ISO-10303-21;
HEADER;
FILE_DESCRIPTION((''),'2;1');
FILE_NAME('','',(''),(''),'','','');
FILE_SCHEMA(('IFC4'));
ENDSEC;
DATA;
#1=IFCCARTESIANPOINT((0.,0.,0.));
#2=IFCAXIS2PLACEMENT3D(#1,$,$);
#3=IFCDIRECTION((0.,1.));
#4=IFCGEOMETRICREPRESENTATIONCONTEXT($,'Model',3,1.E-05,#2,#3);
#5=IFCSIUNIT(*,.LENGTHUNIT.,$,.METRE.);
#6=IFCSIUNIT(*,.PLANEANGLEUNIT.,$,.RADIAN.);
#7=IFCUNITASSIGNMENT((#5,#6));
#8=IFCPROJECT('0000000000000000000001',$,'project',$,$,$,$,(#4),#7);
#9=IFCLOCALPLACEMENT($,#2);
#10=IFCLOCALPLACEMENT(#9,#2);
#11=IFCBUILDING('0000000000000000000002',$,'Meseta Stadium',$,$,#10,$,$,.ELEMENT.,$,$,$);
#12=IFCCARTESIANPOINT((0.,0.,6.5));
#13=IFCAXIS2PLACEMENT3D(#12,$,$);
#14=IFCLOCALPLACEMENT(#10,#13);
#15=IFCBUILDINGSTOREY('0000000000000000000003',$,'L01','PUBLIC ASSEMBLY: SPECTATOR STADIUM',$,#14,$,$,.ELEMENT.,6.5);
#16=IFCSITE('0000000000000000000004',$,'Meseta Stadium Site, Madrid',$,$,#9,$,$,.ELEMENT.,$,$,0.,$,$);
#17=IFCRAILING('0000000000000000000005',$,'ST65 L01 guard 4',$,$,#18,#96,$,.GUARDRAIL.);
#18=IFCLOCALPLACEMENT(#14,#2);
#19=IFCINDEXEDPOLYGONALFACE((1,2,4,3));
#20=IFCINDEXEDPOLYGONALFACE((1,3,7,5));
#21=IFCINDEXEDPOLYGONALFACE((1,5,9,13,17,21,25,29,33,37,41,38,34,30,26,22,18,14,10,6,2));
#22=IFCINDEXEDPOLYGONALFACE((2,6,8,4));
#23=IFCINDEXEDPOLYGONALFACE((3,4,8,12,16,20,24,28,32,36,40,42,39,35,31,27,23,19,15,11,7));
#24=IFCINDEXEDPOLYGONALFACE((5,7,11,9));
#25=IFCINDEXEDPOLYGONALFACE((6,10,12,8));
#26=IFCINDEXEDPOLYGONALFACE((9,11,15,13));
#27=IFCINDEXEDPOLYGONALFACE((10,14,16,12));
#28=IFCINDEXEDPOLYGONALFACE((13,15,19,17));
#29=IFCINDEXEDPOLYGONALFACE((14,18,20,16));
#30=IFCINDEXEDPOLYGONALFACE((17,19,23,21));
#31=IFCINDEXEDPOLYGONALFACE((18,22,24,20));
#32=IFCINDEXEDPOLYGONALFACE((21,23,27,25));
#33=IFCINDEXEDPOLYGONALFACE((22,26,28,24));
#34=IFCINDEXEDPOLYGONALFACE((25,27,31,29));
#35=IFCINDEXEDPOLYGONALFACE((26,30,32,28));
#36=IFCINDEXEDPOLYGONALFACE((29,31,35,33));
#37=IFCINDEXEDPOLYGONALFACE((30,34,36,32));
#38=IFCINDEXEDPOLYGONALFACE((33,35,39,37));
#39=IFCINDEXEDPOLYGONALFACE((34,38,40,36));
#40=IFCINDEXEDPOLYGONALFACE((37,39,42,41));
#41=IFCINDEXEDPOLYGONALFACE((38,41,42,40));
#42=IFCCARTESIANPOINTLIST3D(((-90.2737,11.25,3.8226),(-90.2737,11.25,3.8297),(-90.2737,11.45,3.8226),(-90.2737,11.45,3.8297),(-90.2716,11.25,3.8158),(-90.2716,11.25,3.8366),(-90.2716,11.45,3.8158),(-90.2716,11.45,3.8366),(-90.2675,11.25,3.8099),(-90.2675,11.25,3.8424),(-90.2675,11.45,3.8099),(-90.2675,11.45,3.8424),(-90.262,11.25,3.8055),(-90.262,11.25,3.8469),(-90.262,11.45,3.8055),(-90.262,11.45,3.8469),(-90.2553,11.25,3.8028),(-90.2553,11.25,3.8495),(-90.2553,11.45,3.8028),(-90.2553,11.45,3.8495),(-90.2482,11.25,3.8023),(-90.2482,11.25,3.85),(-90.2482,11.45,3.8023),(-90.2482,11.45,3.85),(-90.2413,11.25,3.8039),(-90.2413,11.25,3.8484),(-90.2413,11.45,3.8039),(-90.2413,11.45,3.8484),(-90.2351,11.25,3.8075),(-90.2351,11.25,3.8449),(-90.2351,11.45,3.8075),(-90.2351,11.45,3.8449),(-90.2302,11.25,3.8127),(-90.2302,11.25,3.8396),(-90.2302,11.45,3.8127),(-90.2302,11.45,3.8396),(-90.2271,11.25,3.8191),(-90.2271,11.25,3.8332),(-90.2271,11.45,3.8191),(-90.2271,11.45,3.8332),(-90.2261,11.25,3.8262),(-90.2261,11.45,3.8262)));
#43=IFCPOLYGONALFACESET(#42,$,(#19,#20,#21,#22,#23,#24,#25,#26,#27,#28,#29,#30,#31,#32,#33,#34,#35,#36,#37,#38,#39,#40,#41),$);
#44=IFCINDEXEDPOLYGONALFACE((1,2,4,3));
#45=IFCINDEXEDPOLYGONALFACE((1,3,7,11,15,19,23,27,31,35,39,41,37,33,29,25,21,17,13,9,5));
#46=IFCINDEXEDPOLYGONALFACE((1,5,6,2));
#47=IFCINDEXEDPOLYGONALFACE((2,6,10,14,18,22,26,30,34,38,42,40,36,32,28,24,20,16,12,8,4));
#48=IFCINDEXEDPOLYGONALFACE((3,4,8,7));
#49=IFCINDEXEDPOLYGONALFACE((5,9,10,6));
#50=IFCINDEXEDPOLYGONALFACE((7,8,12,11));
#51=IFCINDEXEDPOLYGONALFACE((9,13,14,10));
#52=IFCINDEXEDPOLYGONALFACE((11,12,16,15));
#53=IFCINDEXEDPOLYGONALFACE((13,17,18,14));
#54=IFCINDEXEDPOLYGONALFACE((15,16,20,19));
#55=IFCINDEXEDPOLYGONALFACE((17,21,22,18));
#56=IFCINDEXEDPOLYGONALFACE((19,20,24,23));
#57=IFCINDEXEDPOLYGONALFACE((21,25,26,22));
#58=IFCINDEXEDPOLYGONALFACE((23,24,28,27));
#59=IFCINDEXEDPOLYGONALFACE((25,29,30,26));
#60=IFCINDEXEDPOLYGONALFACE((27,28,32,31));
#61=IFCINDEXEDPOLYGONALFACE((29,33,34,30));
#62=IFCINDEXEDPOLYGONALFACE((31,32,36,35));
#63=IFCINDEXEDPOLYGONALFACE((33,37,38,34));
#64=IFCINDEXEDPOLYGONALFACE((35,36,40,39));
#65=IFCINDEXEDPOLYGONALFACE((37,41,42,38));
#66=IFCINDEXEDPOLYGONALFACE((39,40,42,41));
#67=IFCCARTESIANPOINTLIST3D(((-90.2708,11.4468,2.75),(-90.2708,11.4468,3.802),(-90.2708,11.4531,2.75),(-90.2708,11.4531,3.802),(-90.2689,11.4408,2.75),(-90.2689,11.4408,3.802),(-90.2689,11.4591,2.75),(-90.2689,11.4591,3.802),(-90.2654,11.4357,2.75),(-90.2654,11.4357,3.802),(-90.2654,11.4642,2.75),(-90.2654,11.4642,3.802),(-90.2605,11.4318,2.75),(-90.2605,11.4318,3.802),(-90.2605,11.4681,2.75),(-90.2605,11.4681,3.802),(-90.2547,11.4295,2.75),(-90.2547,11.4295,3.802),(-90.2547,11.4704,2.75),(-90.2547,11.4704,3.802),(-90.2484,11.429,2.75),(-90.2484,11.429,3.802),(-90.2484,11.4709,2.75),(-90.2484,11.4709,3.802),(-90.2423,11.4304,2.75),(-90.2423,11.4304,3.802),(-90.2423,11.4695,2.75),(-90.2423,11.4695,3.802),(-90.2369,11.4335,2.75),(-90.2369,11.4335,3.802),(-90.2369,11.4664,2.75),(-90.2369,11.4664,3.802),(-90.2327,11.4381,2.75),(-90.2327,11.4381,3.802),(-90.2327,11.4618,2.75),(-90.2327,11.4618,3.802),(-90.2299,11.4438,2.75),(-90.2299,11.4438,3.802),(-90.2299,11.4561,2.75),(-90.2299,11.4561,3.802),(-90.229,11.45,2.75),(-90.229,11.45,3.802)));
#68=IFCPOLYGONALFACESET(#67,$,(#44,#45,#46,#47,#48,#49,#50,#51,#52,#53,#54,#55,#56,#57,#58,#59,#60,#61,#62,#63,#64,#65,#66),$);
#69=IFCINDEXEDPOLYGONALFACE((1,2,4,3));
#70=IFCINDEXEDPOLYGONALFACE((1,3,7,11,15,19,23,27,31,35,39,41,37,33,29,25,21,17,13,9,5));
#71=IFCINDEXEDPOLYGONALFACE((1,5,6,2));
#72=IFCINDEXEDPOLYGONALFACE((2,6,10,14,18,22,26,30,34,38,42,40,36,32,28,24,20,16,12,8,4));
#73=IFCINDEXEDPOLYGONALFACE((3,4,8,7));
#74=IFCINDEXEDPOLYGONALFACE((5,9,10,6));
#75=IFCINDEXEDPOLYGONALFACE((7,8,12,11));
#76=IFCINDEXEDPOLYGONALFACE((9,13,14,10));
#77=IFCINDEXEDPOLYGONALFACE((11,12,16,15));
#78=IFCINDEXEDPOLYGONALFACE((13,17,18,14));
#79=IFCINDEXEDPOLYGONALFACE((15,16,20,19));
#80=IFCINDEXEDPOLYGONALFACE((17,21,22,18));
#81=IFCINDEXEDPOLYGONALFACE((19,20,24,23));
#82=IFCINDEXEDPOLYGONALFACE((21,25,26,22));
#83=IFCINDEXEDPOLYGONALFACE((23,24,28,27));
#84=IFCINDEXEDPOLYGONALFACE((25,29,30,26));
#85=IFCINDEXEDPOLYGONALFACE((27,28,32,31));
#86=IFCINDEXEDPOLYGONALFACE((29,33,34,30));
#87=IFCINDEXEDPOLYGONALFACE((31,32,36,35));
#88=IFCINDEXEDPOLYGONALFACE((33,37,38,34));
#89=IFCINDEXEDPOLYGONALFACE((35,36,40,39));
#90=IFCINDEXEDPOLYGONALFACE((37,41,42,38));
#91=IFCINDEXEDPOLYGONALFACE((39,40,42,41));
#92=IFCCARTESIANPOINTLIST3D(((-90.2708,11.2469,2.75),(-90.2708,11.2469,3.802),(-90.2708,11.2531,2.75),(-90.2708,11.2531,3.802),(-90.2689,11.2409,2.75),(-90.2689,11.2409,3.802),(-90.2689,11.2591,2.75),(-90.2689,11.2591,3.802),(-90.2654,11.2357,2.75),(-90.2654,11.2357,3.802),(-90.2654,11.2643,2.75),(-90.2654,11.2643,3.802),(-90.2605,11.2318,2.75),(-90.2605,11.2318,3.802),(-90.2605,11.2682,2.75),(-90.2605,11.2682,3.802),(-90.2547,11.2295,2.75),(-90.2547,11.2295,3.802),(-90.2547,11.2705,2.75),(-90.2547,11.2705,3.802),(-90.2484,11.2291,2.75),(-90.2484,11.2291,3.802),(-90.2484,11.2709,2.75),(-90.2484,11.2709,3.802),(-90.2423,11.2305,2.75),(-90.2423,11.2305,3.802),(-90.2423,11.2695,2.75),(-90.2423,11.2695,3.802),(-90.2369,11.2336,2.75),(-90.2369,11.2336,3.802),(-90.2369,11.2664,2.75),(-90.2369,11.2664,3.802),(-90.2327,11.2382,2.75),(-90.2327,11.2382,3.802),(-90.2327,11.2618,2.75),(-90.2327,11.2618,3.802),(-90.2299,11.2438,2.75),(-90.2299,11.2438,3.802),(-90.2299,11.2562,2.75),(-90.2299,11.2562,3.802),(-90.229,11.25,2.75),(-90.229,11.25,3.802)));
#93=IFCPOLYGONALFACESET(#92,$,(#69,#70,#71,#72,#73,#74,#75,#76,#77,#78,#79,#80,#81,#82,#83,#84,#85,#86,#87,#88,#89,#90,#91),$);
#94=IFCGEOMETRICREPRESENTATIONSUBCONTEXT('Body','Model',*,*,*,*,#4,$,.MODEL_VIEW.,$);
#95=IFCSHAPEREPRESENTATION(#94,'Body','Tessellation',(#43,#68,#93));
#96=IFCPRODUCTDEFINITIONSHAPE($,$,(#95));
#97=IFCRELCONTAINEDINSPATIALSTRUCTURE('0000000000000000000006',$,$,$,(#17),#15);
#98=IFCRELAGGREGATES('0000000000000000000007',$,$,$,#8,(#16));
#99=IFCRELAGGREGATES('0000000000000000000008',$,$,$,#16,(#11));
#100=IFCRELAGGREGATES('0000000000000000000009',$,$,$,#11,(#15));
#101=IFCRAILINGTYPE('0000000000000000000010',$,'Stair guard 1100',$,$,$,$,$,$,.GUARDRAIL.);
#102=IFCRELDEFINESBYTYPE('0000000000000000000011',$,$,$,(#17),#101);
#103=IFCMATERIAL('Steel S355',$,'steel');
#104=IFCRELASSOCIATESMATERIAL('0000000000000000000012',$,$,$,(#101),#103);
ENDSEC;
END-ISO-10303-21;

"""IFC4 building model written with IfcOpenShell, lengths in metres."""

from ifc_helpers import new_model, si_unit, direction, frame, origin, origin_2d, place, context, subcontext, project, spatial, circle, extrude, material, type_object, element, save


model = new_model("IFC4")

# Units and contexts
model_context = context("Model", 3, precision=1e-05, world=origin(), true_north=direction((0.0, 1.0)))
body_context = subcontext(model_context, "Body", "Model", "MODEL_VIEW")
ifc_project = project(units=[si_unit("LENGTHUNIT", "METRE"), si_unit("PLANEANGLEUNIT", "RADIAN")], contexts=[model_context])

# Site, building, storey
site_placement = place(None, origin())
site = spatial("IfcSite", under=ifc_project, at=site_placement, Name="Meseta Stadium Site, Madrid", CompositionType="ELEMENT", RefElevation=0.0)
building_placement = place(site_placement, origin())
building = spatial("IfcBuilding", under=site, at=building_placement, Name="Meseta Stadium", CompositionType="ELEMENT")
storey_placement = place(building_placement, frame((0.0, 0.0, 6.5)))
storey = spatial("IfcBuildingStorey", under=building, at=storey_placement, Name="L01", Description="PUBLIC ASSEMBLY: SPECTATOR STADIUM", CompositionType="ELEMENT", Elevation=6.5)

# Railing
ifc_material_1 = material(Name="Steel S355", Category="steel")
railing_type_1 = type_object("IfcRailingType", Name="Stair guard 1100", PredefinedType="GUARDRAIL", material=ifc_material_1)
railing_1_placement = place(storey_placement, frame((-90.25, 11.45, 2.75)))
element("IfcRailing", 1, at=railing_1_placement, inside=storey, type_object=railing_type_1, Name="ST65 L01 guard 4", PredefinedType="GUARDRAIL", context=body_context, shape_type="SweptSolid", body=[
    extrude(circle(Radius=0.0239, at=origin_2d()), frame((0.0, 0.0, 1.0762), z_axis=(0.0, -1.0, 0.0), x_axis=(1.0, 0.0, 0.0)), (0.0, 0.0, 1.0), 0.2),
    extrude(circle(Radius=0.021, at=origin_2d()), origin(), (0.0, 0.0, 1.0), 1.052),
    extrude(circle(Radius=0.021, at=origin_2d()), frame((0.0, -0.2, 0.0)), (0.0, 0.0, 1.0), 1.052),
])

save(model, "model.ifc")
